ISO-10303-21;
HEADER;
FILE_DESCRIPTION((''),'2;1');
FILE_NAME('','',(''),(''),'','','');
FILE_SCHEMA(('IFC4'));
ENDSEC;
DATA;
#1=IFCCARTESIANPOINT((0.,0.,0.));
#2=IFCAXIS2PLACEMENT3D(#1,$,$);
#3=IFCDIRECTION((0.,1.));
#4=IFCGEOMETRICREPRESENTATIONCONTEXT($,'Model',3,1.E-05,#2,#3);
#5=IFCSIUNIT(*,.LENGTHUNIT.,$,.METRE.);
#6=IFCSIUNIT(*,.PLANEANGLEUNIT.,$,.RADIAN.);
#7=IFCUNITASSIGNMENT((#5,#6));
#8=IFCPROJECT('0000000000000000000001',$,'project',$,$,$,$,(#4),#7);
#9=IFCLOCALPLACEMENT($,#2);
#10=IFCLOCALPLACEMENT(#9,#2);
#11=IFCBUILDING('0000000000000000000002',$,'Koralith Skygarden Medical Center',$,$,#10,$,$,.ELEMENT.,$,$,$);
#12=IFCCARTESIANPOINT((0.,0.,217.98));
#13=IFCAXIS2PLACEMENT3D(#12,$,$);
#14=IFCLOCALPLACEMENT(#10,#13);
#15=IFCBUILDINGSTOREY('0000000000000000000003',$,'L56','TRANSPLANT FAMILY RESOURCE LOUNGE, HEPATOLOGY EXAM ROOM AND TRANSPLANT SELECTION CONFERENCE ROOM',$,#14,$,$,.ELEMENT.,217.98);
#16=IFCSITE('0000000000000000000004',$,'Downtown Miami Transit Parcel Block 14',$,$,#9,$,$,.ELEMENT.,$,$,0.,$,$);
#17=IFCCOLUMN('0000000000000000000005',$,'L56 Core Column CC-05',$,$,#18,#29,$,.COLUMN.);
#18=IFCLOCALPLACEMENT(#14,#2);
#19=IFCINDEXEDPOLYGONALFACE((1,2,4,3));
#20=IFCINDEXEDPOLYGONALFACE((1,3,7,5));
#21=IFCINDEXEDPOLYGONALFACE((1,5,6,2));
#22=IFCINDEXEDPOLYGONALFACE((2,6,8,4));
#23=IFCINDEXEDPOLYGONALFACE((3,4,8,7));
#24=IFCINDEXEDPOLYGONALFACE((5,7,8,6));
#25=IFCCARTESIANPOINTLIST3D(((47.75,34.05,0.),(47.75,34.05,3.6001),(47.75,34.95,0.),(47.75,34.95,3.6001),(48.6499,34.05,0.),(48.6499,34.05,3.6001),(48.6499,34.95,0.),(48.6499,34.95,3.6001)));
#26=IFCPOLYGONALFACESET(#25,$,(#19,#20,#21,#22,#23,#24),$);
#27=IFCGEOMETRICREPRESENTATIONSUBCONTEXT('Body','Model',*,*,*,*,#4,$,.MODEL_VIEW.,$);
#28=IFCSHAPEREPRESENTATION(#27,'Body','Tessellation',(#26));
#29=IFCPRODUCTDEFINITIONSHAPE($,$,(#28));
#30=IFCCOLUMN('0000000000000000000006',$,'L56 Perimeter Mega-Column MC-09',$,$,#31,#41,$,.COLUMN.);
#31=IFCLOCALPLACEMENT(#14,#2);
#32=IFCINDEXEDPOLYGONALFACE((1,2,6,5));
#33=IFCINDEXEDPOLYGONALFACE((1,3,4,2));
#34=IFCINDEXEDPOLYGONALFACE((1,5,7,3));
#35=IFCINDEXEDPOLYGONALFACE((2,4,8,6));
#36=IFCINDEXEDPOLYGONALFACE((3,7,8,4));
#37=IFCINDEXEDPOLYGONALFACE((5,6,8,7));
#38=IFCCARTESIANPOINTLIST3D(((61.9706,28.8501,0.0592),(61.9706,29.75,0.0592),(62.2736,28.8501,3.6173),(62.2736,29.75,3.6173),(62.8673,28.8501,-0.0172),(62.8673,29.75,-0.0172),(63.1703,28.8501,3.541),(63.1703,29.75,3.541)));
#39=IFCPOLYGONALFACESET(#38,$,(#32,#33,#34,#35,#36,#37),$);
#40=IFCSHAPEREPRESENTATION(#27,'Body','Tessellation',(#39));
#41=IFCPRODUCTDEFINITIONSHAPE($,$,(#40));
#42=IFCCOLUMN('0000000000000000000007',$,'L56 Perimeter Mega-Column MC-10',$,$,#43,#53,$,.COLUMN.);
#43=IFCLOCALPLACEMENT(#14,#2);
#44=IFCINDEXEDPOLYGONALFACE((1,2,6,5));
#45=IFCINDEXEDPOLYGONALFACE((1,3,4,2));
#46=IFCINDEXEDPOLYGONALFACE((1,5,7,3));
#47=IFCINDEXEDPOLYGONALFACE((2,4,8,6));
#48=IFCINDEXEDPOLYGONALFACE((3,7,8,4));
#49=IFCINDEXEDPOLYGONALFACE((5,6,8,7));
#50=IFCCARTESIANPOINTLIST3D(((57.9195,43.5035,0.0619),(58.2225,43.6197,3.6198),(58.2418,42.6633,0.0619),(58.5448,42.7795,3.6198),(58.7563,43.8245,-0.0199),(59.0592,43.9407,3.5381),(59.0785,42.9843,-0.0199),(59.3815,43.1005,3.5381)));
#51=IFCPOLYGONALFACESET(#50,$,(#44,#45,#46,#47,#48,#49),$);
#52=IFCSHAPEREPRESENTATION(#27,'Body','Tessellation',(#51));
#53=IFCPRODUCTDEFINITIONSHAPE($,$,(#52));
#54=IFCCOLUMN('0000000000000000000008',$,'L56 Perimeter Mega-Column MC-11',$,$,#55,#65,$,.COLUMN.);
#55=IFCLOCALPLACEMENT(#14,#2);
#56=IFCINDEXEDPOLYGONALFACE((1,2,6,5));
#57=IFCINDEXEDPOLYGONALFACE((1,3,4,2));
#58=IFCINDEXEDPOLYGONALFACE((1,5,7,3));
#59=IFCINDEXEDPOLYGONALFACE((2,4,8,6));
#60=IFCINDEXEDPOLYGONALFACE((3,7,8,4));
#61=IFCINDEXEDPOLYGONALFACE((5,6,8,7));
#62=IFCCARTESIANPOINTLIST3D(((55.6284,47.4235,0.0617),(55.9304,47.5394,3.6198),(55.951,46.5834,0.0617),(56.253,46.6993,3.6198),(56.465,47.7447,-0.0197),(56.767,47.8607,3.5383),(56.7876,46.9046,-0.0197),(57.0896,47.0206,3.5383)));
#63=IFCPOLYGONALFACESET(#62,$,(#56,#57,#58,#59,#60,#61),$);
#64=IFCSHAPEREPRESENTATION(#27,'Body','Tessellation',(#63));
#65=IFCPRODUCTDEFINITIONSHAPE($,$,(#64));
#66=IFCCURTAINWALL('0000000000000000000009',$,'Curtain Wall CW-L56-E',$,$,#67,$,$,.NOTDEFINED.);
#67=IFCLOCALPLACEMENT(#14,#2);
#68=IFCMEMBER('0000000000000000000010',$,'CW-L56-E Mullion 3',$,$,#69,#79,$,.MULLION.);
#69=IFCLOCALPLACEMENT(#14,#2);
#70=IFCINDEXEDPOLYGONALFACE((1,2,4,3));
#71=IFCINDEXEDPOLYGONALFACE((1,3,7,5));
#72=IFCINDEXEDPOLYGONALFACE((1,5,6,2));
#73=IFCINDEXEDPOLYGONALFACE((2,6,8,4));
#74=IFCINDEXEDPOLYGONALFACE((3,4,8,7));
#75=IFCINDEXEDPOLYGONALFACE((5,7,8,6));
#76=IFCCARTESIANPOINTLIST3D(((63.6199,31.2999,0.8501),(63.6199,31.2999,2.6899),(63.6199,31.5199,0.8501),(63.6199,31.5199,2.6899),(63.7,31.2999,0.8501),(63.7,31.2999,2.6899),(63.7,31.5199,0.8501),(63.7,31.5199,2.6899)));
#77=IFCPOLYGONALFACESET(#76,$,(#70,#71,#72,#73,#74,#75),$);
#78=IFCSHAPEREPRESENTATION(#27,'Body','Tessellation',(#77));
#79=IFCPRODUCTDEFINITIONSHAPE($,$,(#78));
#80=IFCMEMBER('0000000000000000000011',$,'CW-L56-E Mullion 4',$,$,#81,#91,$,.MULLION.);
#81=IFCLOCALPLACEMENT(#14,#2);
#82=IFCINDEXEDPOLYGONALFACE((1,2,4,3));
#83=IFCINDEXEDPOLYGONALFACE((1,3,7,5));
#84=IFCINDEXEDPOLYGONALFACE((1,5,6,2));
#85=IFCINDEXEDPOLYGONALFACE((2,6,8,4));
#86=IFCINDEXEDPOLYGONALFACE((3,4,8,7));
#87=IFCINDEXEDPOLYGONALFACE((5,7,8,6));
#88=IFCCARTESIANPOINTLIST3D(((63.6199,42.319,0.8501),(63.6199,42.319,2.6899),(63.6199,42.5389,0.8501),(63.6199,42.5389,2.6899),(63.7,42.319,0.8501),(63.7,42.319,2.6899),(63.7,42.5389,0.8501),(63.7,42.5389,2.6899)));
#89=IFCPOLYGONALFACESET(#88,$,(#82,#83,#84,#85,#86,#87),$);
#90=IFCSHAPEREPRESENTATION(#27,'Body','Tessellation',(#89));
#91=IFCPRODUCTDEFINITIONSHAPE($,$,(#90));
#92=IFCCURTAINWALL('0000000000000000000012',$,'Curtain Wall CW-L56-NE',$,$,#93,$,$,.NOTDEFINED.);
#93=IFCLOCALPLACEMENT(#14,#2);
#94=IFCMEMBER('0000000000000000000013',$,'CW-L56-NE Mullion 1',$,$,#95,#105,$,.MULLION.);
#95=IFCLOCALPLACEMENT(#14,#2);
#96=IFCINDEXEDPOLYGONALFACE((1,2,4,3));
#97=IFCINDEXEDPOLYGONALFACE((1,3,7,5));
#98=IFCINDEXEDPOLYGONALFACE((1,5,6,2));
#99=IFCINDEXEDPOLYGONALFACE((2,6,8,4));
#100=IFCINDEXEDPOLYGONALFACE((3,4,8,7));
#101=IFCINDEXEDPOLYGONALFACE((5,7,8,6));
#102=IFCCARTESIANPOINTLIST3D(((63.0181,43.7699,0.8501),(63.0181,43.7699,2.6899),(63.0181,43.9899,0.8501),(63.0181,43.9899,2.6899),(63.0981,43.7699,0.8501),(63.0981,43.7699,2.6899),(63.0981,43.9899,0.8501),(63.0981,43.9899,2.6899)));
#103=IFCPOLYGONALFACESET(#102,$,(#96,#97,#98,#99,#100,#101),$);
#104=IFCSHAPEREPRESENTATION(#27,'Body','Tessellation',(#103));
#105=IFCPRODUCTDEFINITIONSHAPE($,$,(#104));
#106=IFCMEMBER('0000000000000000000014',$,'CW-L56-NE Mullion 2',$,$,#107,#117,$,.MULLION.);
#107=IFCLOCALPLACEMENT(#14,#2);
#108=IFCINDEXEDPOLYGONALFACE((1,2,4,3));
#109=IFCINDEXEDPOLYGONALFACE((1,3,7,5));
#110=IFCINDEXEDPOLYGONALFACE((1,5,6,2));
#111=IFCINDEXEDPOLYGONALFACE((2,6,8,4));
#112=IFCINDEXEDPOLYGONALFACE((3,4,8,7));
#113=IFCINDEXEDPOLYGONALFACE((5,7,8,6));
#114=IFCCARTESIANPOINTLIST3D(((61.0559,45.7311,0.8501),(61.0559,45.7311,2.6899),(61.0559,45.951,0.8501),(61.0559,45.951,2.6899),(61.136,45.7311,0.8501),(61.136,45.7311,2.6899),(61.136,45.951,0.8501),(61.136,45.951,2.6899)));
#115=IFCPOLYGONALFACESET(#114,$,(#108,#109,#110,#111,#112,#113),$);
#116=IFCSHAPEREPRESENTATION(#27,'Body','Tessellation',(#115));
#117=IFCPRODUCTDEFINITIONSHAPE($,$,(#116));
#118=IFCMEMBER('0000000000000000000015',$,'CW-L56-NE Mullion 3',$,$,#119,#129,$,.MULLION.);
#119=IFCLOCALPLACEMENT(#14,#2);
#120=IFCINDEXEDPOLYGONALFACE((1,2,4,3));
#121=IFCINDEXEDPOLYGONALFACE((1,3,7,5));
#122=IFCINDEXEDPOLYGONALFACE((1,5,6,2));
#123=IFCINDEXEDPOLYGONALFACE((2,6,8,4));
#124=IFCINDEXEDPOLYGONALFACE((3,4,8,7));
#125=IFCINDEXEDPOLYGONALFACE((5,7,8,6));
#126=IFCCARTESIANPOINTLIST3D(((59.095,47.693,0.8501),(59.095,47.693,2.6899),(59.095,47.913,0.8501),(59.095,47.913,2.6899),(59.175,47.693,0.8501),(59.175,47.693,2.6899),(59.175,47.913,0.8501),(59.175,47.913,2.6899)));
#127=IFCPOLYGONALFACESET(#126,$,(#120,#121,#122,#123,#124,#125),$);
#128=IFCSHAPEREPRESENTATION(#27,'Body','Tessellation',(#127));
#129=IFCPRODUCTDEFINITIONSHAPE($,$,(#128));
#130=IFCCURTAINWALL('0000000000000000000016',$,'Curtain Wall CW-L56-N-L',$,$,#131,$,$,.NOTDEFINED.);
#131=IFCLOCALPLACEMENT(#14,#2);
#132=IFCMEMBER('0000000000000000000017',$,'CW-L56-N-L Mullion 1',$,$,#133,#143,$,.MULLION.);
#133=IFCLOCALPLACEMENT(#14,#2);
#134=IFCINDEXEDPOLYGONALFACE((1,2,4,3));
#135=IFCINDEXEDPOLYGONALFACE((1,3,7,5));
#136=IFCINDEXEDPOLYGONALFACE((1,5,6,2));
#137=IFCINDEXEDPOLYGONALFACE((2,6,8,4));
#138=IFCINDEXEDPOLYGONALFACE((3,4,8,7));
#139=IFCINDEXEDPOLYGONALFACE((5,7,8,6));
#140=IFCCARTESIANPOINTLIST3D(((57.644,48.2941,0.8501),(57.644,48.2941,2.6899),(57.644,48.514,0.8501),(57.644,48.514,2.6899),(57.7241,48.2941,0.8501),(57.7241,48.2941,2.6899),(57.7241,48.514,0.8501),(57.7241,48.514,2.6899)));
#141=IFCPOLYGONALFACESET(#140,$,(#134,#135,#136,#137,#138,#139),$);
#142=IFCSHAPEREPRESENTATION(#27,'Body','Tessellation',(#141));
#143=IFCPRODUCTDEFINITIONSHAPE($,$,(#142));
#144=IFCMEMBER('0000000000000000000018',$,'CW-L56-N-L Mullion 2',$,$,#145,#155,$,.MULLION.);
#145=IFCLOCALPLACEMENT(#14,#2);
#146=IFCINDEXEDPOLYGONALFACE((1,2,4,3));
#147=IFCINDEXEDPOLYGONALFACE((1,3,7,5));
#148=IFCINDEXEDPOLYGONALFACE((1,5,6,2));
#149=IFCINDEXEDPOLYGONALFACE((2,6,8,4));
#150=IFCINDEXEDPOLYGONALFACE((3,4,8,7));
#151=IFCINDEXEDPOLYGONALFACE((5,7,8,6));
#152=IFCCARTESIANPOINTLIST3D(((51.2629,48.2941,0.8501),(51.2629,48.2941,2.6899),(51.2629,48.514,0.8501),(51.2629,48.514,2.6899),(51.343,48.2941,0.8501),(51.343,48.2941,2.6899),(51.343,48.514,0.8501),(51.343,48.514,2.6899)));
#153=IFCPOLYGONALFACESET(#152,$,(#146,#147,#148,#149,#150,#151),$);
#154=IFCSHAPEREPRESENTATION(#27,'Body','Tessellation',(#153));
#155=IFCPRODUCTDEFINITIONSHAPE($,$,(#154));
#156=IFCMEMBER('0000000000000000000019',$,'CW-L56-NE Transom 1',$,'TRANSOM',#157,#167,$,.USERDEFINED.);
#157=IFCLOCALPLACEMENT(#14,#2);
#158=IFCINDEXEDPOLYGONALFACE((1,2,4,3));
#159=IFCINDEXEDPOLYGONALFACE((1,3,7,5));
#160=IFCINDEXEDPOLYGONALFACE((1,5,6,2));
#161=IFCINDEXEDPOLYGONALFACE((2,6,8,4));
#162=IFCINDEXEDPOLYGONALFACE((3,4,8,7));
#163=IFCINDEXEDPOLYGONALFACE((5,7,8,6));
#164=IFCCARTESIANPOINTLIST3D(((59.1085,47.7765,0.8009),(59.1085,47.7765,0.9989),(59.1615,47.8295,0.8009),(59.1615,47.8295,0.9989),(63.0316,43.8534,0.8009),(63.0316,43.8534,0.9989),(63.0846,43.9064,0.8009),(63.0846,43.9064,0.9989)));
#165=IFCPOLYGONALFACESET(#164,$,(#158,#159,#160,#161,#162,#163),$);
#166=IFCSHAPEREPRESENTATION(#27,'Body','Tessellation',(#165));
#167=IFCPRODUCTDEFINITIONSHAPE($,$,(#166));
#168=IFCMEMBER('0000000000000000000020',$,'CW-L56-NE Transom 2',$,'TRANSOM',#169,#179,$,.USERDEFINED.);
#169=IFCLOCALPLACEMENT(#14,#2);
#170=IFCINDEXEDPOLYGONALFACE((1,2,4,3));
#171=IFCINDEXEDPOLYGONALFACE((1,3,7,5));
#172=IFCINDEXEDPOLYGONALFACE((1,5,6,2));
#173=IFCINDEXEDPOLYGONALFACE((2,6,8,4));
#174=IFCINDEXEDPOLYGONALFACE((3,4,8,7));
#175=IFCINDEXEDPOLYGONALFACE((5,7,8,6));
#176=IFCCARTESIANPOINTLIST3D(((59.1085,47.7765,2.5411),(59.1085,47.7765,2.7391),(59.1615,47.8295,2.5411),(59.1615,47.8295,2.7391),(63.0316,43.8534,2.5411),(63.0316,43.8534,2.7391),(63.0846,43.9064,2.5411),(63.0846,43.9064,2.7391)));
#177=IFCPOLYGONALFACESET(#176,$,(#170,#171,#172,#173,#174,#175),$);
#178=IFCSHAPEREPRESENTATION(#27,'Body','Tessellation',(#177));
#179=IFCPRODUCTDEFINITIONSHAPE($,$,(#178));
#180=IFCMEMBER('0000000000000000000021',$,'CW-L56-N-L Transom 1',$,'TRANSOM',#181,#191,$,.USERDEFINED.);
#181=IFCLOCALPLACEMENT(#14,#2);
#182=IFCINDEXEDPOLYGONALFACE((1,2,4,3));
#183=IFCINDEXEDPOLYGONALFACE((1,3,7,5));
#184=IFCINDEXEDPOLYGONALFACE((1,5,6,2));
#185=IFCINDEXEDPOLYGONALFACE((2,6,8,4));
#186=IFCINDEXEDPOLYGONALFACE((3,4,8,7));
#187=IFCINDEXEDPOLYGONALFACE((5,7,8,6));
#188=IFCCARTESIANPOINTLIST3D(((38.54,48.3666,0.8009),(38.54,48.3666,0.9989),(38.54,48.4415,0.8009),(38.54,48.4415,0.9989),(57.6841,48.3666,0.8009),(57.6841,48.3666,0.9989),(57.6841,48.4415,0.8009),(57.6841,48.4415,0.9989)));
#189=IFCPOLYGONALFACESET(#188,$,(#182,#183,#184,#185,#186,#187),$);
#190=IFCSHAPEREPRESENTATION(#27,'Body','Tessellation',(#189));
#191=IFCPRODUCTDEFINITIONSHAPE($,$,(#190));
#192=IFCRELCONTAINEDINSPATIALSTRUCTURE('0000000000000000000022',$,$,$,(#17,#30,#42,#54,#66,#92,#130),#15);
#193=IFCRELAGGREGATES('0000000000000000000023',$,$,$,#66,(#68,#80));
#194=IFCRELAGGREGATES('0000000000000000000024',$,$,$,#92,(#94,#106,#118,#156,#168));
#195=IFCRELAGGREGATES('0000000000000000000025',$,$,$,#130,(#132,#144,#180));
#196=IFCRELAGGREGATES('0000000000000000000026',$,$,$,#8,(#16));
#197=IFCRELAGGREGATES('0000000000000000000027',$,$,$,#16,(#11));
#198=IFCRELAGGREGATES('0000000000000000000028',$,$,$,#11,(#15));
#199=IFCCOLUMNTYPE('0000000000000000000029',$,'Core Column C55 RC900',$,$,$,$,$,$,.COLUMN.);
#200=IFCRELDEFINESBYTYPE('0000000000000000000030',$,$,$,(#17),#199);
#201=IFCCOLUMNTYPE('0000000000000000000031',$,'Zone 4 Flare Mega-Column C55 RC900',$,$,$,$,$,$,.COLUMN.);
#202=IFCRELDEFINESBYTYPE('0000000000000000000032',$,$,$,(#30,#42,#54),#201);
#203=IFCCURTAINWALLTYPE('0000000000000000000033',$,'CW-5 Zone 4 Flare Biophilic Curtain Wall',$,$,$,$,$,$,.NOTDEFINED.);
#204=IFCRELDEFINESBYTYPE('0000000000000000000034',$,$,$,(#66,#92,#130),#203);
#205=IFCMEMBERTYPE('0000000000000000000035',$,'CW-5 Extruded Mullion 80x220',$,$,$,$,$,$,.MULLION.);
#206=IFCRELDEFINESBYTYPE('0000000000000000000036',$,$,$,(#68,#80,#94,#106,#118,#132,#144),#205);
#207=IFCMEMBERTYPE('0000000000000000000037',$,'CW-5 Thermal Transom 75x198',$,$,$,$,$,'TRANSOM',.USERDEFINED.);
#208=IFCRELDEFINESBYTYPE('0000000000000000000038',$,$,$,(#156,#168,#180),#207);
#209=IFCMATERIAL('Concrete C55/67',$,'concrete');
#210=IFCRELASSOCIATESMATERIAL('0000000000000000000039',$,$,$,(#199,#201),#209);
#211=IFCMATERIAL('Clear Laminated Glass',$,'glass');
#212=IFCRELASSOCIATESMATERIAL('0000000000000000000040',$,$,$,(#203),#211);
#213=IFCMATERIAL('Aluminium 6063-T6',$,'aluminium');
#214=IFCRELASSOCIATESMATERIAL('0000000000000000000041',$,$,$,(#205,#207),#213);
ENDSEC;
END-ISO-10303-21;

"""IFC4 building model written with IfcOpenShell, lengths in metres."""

from ifc_helpers import new_model, si_unit, direction, frame, origin, origin_2d, place, context, subcontext, project, spatial, rectangle, extrude, material, material_profile, profile_set, type_object, element, aggregate, save


model = new_model("IFC4")

# Units and contexts
model_context = context("Model", 3, precision=1e-05, world=origin(), true_north=direction((0.0, 1.0)))
body_context = subcontext(model_context, "Body", "Model", "MODEL_VIEW")
ifc_project = project(units=[si_unit("LENGTHUNIT", "METRE"), si_unit("PLANEANGLEUNIT", "RADIAN")], contexts=[model_context])

# Site, building, storey
site_placement = place(None, origin())
site = spatial("IfcSite", under=ifc_project, at=site_placement, Name="Downtown Miami Transit Parcel Block 14", CompositionType="ELEMENT", RefElevation=0.0)
building_placement = place(site_placement, origin())
building = spatial("IfcBuilding", under=site, at=building_placement, Name="Koralith Skygarden Medical Center", CompositionType="ELEMENT")
storey_placement = place(building_placement, frame((0.0, 0.0, 217.98)))
storey = spatial("IfcBuildingStorey", under=building, at=storey_placement, Name="L56", Description="TRANSPLANT FAMILY RESOURCE LOUNGE, HEPATOLOGY EXAM ROOM AND TRANSPLANT SELECTION CONFERENCE ROOM", CompositionType="ELEMENT", Elevation=217.98)

# Columns
ifc_material_1 = material(Name="Concrete C55/67", Category="concrete")
ifc_material_profile_1 = material_profile(ifc_material_1, rectangle(XDim=0.8999, YDim=0.8999, at=origin_2d()), Name="RC900X900")
ifc_profile_set_1 = profile_set([ifc_material_profile_1], Name="Concrete C55/67")
column_type_1 = type_object("IfcColumnType", Name="Core Column C55 RC900", PredefinedType="COLUMN", material=ifc_profile_set_1)
column_1_placement = place(storey_placement, frame((48.2, 34.5, 0.0), z_axis=(0.0, 0.0, 1.0), x_axis=(1.0, 0.0, 0.0)))
element("IfcColumn", 1, at=column_1_placement, inside=storey, type_object=column_type_1, Name="L56 Core Column CC-05", PredefinedType="COLUMN", context=body_context, shape_type="SweptSolid", body=[
    extrude(rectangle(XDim=0.8999, YDim=0.8999, at=origin_2d()), origin(), (0.0, 0.0, 1.0), 3.6001),
])
ifc_material_profile_2 = material_profile(ifc_material_1, rectangle(XDim=0.8999, YDim=0.8999, at=origin_2d()), Name="RC900X900")
ifc_profile_set_2 = profile_set([ifc_material_profile_2], Name="Concrete C55/67")
column_type_2 = type_object("IfcColumnType", Name="Zone 4 Flare Mega-Column C55 RC900", PredefinedType="COLUMN", material=ifc_profile_set_2)
column_2_placement = place(storey_placement, frame((62.4189, 29.3, 0.021), z_axis=(0.084845, 0.0, 0.996394), x_axis=(0.0, 1.0, 0.0)))
element("IfcColumn", 2, at=column_2_placement, inside=storey, type_object=column_type_2, Name="L56 Perimeter Mega-Column MC-09", PredefinedType="COLUMN", context=body_context, shape_type="SweptSolid", body=[
    extrude(rectangle(XDim=0.8999, YDim=0.8999, at=origin_2d()), origin(), (0.0, 0.0, 1.0), 3.571),
])
for number, where, z_axis, x_axis, name in (
    (3, (58.499, 43.2439, 0.021), (0.0848, 0.032526, 0.995867), (-0.358122, 0.933675, 0.0), "L56 Perimeter Mega-Column MC-10"),
    (4, (56.208, 47.1641, 0.021), (0.084529, 0.032458, 0.995892), (-0.358473, 0.93354, 0.0), "L56 Perimeter Mega-Column MC-11"),
):
    element("IfcColumn", number, at=place(storey_placement, frame(where, z_axis=z_axis, x_axis=x_axis)), inside=storey, type_object=column_type_2, Name=name, PredefinedType="COLUMN", context=body_context, shape_type="SweptSolid", body=[
        extrude(rectangle(XDim=0.8999, YDim=0.8999, at=origin_2d()), origin(), (0.0, 0.0, 1.0), 3.5728),
    ])

# Curtain walls, members
ifc_material_2 = material(Name="Clear Laminated Glass", Category="glass")
curtain_wall_type = type_object("IfcCurtainWallType", Name="CW-5 Zone 4 Flare Biophilic Curtain Wall", PredefinedType="NOTDEFINED", material=ifc_material_2)
curtain_wall_1_placement = place(storey_placement, origin())
curtain_wall_1 = element("IfcCurtainWall", 5, at=curtain_wall_1_placement, inside=storey, type_object=curtain_wall_type, Name="Curtain Wall CW-L56-E", PredefinedType="NOTDEFINED")
ifc_material_3 = material(Name="Aluminium 6063-T6", Category="aluminium")
ifc_material_profile_3 = material_profile(ifc_material_3, rectangle(XDim=0.0801, YDim=0.22, at=origin_2d()), Name="MUL80X220")
ifc_profile_set_3 = profile_set([ifc_material_profile_3], Name="Aluminium 6063-T6")
member_type_1 = type_object("IfcMemberType", Name="CW-5 Extruded Mullion 80x220", PredefinedType="MULLION", material=ifc_profile_set_3)
member_1_placement = place(storey_placement, frame((63.6599, 31.4099, 0.8501), z_axis=(0.0, 0.0, 1.0), x_axis=(1.0, 0.0, 0.0)))
member_1 = element("IfcMember", 6, at=member_1_placement, type_object=member_type_1, Name="CW-L56-E Mullion 3", PredefinedType="MULLION", context=body_context, shape_type="SweptSolid", body=[
    extrude(rectangle(XDim=0.0801, YDim=0.22, at=origin_2d()), origin(), (0.0, 0.0, 1.0), 1.8398),
])
member_2_placement = place(storey_placement, frame((63.6599, 42.429, 0.8501), z_axis=(0.0, 0.0, 1.0), x_axis=(1.0, 0.0, 0.0)))
member_2 = element("IfcMember", 7, at=member_2_placement, type_object=member_type_1, Name="CW-L56-E Mullion 4", PredefinedType="MULLION", context=body_context, shape_type="SweptSolid", body=[
    extrude(rectangle(XDim=0.0801, YDim=0.22, at=origin_2d()), origin(), (0.0, 0.0, 1.0), 1.8398),
])
curtain_wall_2_placement = place(storey_placement, origin())
curtain_wall_2 = element("IfcCurtainWall", 8, at=curtain_wall_2_placement, inside=storey, type_object=curtain_wall_type, Name="Curtain Wall CW-L56-NE", PredefinedType="NOTDEFINED")
member_3_placement = place(storey_placement, frame((63.0581, 43.8799, 0.8501), z_axis=(0.0, 0.0, 1.0), x_axis=(1.0, 0.0, 0.0)))
member_3 = element("IfcMember", 9, at=member_3_placement, type_object=member_type_1, Name="CW-L56-NE Mullion 1", PredefinedType="MULLION", context=body_context, shape_type="SweptSolid", body=[
    extrude(rectangle(XDim=0.0801, YDim=0.22, at=origin_2d()), origin(), (0.0, 0.0, 1.0), 1.8398),
])
member_4_placement = place(storey_placement, frame((61.0959, 45.8411, 0.8501), z_axis=(0.0, 0.0, 1.0), x_axis=(1.0, 0.0, 0.0)))
member_4 = element("IfcMember", 10, at=member_4_placement, type_object=member_type_1, Name="CW-L56-NE Mullion 2", PredefinedType="MULLION", context=body_context, shape_type="SweptSolid", body=[
    extrude(rectangle(XDim=0.0801, YDim=0.22, at=origin_2d()), origin(), (0.0, 0.0, 1.0), 1.8398),
])
member_5_placement = place(storey_placement, frame((59.135, 47.803, 0.8501), z_axis=(0.0, 0.0, 1.0), x_axis=(1.0, 0.0, 0.0)))
member_5 = element("IfcMember", 11, at=member_5_placement, type_object=member_type_1, Name="CW-L56-NE Mullion 3", PredefinedType="MULLION", context=body_context, shape_type="SweptSolid", body=[
    extrude(rectangle(XDim=0.0801, YDim=0.22, at=origin_2d()), origin(), (0.0, 0.0, 1.0), 1.8398),
])
curtain_wall_3_placement = place(storey_placement, origin())
curtain_wall_3 = element("IfcCurtainWall", 12, at=curtain_wall_3_placement, inside=storey, type_object=curtain_wall_type, Name="Curtain Wall CW-L56-N-L", PredefinedType="NOTDEFINED")
member_6_placement = place(storey_placement, frame((57.6841, 48.4041, 0.8501), z_axis=(0.0, 0.0, 1.0), x_axis=(1.0, 0.0, 0.0)))
member_6 = element("IfcMember", 13, at=member_6_placement, type_object=member_type_1, Name="CW-L56-N-L Mullion 1", PredefinedType="MULLION", context=body_context, shape_type="SweptSolid", body=[
    extrude(rectangle(XDim=0.0801, YDim=0.22, at=origin_2d()), origin(), (0.0, 0.0, 1.0), 1.8398),
])
member_7_placement = place(storey_placement, frame((51.303, 48.4041, 0.8501), z_axis=(0.0, 0.0, 1.0), x_axis=(1.0, 0.0, 0.0)))
member_7 = element("IfcMember", 14, at=member_7_placement, type_object=member_type_1, Name="CW-L56-N-L Mullion 2", PredefinedType="MULLION", context=body_context, shape_type="SweptSolid", body=[
    extrude(rectangle(XDim=0.0801, YDim=0.22, at=origin_2d()), origin(), (0.0, 0.0, 1.0), 1.8398),
])

# Members
ifc_material_profile_4 = material_profile(ifc_material_3, rectangle(XDim=0.075, YDim=0.198, at=origin_2d()), Name="TRN75X198")
ifc_profile_set_4 = profile_set([ifc_material_profile_4], Name="Aluminium 6063-T6")
member_type_2 = type_object("IfcMemberType", Name="CW-5 Thermal Transom 75x198", ElementType="TRANSOM", PredefinedType="USERDEFINED", material=ifc_profile_set_4)
member_8_placement = place(storey_placement, frame((63.0581, 43.8799, 0.8999), z_axis=(-0.707107, 0.707107, 0.0), x_axis=(-0.707107, -0.707107, 0.0)))
member_8 = element("IfcMember", 15, at=member_8_placement, type_object=member_type_2, Name="CW-L56-NE Transom 1", ObjectType="TRANSOM", PredefinedType="USERDEFINED", context=body_context, shape_type="SweptSolid", body=[
    extrude(rectangle(XDim=0.075, YDim=0.198, at=origin_2d()), origin(), (0.0, 0.0, 1.0), 5.5481),
])
member_9_placement = place(storey_placement, frame((63.0581, 43.8799, 2.6401), z_axis=(-0.707107, 0.707107, 0.0), x_axis=(-0.707107, -0.707107, 0.0)))
member_9 = element("IfcMember", 16, at=member_9_placement, type_object=member_type_2, Name="CW-L56-NE Transom 2", ObjectType="TRANSOM", PredefinedType="USERDEFINED", context=body_context, shape_type="SweptSolid", body=[
    extrude(rectangle(XDim=0.075, YDim=0.198, at=origin_2d()), origin(), (0.0, 0.0, 1.0), 5.5481),
])
member_10_placement = place(storey_placement, frame((57.6841, 48.4041, 0.8999), z_axis=(-1.0, 0.0, 0.0), x_axis=(0.0, -1.0, 0.0)))
member_10 = element("IfcMember", 17, at=member_10_placement, type_object=member_type_2, Name="CW-L56-N-L Transom 1", ObjectType="TRANSOM", PredefinedType="USERDEFINED", context=body_context, shape_type="SweptSolid", body=[
    extrude(rectangle(XDim=0.075, YDim=0.198, at=origin_2d()), origin(), (0.0, 0.0, 1.0), 19.144),
])

aggregate(curtain_wall_1, [member_1, member_2])
aggregate(curtain_wall_2, [member_3, member_4, member_5, member_8, member_9])
aggregate(curtain_wall_3, [member_6, member_7, member_10])

save(model, "model.ifc")
